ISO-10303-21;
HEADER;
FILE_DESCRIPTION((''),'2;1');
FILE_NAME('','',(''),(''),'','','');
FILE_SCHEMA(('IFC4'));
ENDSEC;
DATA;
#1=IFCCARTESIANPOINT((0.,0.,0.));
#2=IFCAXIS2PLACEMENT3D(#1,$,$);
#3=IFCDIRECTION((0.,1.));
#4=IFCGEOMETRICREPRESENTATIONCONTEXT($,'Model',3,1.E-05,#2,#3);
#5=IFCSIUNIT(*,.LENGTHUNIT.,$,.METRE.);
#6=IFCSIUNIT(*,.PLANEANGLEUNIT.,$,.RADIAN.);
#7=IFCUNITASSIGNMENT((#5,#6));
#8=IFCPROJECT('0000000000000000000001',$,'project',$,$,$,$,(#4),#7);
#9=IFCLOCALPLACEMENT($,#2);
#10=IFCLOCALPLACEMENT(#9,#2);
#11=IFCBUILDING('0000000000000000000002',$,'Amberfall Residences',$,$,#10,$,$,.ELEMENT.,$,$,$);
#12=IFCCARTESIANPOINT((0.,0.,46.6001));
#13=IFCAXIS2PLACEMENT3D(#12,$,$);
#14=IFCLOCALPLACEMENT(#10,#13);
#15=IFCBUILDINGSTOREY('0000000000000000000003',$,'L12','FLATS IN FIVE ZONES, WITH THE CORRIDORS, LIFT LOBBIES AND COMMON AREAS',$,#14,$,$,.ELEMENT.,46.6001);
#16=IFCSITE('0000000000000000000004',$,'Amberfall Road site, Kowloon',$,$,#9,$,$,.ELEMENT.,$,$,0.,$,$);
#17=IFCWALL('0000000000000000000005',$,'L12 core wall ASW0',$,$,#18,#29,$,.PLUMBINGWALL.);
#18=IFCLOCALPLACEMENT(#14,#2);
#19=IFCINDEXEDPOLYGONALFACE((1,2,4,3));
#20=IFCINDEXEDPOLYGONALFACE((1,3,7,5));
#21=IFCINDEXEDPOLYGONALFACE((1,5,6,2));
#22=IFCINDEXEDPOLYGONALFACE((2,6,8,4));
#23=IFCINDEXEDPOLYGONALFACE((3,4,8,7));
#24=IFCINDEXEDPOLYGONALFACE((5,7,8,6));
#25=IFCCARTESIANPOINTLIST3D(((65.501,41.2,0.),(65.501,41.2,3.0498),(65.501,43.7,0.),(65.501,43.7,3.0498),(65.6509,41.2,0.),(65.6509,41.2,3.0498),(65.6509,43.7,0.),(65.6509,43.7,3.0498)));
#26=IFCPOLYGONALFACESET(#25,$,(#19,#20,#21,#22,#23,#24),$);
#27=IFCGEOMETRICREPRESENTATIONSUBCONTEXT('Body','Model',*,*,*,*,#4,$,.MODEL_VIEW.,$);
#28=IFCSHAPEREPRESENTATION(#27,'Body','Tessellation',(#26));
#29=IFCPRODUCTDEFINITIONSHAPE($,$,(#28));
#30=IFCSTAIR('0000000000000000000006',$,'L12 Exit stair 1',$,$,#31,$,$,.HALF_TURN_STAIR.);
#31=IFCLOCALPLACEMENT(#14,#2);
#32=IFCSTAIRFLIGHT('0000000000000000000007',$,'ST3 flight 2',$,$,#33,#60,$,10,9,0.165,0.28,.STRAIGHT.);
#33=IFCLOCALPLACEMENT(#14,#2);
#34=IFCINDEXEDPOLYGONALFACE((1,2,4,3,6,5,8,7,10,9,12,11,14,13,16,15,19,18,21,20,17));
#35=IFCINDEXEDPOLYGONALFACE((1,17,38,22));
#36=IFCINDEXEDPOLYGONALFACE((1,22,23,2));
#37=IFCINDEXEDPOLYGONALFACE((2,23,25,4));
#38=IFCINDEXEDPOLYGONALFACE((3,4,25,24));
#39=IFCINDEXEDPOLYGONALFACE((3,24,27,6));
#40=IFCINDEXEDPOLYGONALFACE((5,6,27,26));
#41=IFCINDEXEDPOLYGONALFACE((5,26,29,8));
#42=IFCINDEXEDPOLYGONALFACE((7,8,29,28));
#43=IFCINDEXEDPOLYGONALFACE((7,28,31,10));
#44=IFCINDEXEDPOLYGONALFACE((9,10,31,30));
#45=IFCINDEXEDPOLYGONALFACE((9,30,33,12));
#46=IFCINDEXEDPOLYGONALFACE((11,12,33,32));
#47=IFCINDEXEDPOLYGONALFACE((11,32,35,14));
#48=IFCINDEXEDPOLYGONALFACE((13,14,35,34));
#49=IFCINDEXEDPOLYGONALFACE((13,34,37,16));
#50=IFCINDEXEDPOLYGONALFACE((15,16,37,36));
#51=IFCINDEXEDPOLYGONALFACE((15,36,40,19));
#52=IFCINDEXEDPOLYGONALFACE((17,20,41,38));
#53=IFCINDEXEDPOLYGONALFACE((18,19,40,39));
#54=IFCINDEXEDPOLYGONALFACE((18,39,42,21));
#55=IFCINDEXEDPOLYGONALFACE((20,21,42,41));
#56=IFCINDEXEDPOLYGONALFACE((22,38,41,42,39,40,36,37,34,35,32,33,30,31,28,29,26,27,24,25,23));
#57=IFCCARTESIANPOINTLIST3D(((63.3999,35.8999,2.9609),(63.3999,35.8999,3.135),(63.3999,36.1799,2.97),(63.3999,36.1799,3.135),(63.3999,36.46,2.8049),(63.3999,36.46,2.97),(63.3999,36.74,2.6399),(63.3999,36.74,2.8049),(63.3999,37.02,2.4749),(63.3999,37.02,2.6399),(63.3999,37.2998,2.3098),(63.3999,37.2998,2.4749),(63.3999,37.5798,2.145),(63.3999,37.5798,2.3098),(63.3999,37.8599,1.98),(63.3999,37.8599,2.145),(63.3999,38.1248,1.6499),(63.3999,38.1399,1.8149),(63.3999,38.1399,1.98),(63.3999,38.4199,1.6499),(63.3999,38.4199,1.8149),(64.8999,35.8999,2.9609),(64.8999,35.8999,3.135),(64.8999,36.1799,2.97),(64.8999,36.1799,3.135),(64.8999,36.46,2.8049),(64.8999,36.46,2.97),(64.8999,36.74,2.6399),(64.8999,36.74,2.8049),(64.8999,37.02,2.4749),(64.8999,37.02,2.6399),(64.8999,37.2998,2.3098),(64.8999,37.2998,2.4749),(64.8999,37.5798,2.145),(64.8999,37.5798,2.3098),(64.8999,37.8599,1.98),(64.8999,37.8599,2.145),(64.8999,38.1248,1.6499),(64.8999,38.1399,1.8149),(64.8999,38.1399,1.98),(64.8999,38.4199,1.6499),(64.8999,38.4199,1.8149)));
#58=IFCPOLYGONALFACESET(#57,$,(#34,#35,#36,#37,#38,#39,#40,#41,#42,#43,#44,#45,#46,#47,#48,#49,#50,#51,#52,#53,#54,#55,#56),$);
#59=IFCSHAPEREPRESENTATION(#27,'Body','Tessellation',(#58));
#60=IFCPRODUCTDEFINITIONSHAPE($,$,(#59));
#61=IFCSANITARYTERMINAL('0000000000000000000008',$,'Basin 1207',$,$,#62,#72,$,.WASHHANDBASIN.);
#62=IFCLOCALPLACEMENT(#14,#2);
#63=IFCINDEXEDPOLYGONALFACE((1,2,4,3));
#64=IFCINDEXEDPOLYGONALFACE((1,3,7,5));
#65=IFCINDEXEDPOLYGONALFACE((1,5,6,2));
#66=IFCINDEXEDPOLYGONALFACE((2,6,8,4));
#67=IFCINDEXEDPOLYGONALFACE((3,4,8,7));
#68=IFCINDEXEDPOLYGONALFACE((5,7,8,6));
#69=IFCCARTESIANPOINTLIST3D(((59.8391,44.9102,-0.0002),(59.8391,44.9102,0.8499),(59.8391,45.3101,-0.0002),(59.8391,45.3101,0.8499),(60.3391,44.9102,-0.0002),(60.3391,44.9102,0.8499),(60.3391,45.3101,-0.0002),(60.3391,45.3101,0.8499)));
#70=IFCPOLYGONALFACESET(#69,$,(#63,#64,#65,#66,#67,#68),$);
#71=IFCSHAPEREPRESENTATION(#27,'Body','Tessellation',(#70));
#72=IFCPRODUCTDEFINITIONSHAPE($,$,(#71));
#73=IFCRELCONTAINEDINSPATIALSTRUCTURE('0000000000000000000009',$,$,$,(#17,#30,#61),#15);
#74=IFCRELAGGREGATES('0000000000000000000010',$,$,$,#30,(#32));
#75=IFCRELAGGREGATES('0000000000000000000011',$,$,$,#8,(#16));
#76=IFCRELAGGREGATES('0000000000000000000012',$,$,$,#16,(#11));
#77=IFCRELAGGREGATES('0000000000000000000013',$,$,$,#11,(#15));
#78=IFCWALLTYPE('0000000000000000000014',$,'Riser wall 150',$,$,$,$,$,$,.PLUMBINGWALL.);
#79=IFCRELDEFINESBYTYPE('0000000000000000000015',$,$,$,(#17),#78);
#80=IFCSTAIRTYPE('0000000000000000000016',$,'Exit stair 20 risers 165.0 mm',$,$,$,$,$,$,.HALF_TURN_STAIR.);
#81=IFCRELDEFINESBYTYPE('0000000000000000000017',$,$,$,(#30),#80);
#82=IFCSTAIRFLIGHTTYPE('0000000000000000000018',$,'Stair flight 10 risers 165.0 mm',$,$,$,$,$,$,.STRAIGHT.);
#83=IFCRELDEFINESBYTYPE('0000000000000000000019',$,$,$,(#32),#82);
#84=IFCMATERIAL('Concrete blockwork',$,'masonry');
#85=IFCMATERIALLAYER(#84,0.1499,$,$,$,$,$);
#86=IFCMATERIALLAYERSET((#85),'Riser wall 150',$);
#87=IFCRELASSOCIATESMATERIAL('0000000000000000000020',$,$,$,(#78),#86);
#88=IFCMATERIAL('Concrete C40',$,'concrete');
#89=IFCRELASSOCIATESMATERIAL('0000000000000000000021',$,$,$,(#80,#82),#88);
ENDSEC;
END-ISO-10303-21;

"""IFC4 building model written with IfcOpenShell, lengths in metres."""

from ifc_helpers import new_model, si_unit, direction, frame, frame_2d, origin, origin_2d, place, context, subcontext, project, spatial, polyline, rectangle, outline, extrude, material, layer, layer_set, type_object, element, aggregate, save


model = new_model("IFC4")

# Units and contexts
model_context = context("Model", 3, precision=1e-05, world=origin(), true_north=direction((0.0, 1.0)))
body_context = subcontext(model_context, "Body", "Model", "MODEL_VIEW")
ifc_project = project(units=[si_unit("LENGTHUNIT", "METRE"), si_unit("PLANEANGLEUNIT", "RADIAN")], contexts=[model_context])

# Site, building, storey
site_placement = place(None, origin())
site = spatial("IfcSite", under=ifc_project, at=site_placement, Name="Amberfall Road site, Kowloon", CompositionType="ELEMENT", RefElevation=0.0)
building_placement = place(site_placement, origin())
building = spatial("IfcBuilding", under=site, at=building_placement, Name="Amberfall Residences", CompositionType="ELEMENT")
storey_placement = place(building_placement, frame((0.0, 0.0, 46.6001)))
storey = spatial("IfcBuildingStorey", under=building, at=storey_placement, Name="L12", Description="FLATS IN FIVE ZONES, WITH THE CORRIDORS, LIFT LOBBIES AND COMMON AREAS", CompositionType="ELEMENT", Elevation=46.6001)

# Wall
ifc_material_1 = material(Name="Concrete blockwork", Category="masonry")
ifc_layer_1 = layer(ifc_material_1, 0.1499)
ifc_layer_set_1 = layer_set([ifc_layer_1], Name="Riser wall 150")
wall_type_1 = type_object("IfcWallType", Name="Riser wall 150", PredefinedType="PLUMBINGWALL", material=ifc_layer_set_1)
wall_1_placement = place(storey_placement, frame((65.5759, 41.2, 0.0), z_axis=(0.0, 0.0, 1.0), x_axis=(0.0, 1.0, 0.0)))
element("IfcWall", 1, at=wall_1_placement, inside=storey, type_object=wall_type_1, Name="L12 core wall ASW0", PredefinedType="PLUMBINGWALL", context=body_context, shape_type="SweptSolid", body=[
    extrude(rectangle(XDim=2.5, YDim=0.1499, at=frame_2d((1.25, 0.0))), origin(), (0.0, 0.0, 1.0), 3.0498),
])

# Stair, stair flight
ifc_material_2 = material(Name="Concrete C40", Category="concrete")
stair_type = type_object("IfcStairType", Name="Exit stair 20 risers 165.0 mm", PredefinedType="HALF_TURN_STAIR", material=ifc_material_2)
stair_placement = place(storey_placement, origin())
stair = element("IfcStair", 2, at=stair_placement, inside=storey, type_object=stair_type, Name="L12 Exit stair 1", PredefinedType="HALF_TURN_STAIR")
stair_flight_type = type_object("IfcStairFlightType", Name="Stair flight 10 risers 165.0 mm", PredefinedType="STRAIGHT", material=ifc_material_2)
stair_flight_placement = place(storey_placement, frame((64.1499, 38.4199, 1.6499), z_axis=(0.0, 0.0, 1.0), x_axis=(0.0, -1.0, 0.0)))
stair_flight = element("IfcStairFlight", 3, at=stair_flight_placement, type_object=stair_flight_type, Name="ST3 flight 2", NumberOfRisers=10, NumberOfTreads=9, PredefinedType="STRAIGHT", RiserHeight=0.165, TreadLength=0.28, context=body_context, shape_type="SweptSolid", body=[
    extrude(outline(polyline([(0.0, 0.0), (0.0, 0.165), (0.28, 0.165), (0.28, 0.3301), (0.5601, 0.3301), (0.5601, 0.4951), (0.8401, 0.4951), (0.8401, 0.6599), (1.1201, 0.6599), (1.1201, 0.825), (1.3999, 0.825), (1.3999, 0.99), (1.6799, 0.99), (1.6799, 1.155), (1.96, 1.155), (1.96, 1.3201), (2.24, 1.3201), (2.24, 1.4851), (2.52, 1.4851), (2.52, 1.6499), (2.52, 1.311), (0.2952, 0.0), (0.0, 0.0)])), frame((0.0, 0.75, 0.0), z_axis=(0.0, -1.0, 0.0), x_axis=(1.0, 0.0, 0.0)), (0.0, 0.0, 1.0), 1.5),
])
aggregate(stair, [stair_flight])

# Sanitary terminal
sanitary_terminal_placement = place(storey_placement, frame((60.0891, 45.1101, -0.0002), z_axis=(0.0, 0.0, 1.0), x_axis=(1.0, 0.0, 0.0)))
element("IfcSanitaryTerminal", 4, at=sanitary_terminal_placement, inside=storey, Name="Basin 1207", PredefinedType="WASHHANDBASIN", context=body_context, shape_type="SweptSolid", body=[
    extrude(rectangle(XDim=0.5, YDim=0.3999, at=origin_2d()), origin(), (0.0, 0.0, 1.0), 0.8501),
])

save(model, "model.ifc")
